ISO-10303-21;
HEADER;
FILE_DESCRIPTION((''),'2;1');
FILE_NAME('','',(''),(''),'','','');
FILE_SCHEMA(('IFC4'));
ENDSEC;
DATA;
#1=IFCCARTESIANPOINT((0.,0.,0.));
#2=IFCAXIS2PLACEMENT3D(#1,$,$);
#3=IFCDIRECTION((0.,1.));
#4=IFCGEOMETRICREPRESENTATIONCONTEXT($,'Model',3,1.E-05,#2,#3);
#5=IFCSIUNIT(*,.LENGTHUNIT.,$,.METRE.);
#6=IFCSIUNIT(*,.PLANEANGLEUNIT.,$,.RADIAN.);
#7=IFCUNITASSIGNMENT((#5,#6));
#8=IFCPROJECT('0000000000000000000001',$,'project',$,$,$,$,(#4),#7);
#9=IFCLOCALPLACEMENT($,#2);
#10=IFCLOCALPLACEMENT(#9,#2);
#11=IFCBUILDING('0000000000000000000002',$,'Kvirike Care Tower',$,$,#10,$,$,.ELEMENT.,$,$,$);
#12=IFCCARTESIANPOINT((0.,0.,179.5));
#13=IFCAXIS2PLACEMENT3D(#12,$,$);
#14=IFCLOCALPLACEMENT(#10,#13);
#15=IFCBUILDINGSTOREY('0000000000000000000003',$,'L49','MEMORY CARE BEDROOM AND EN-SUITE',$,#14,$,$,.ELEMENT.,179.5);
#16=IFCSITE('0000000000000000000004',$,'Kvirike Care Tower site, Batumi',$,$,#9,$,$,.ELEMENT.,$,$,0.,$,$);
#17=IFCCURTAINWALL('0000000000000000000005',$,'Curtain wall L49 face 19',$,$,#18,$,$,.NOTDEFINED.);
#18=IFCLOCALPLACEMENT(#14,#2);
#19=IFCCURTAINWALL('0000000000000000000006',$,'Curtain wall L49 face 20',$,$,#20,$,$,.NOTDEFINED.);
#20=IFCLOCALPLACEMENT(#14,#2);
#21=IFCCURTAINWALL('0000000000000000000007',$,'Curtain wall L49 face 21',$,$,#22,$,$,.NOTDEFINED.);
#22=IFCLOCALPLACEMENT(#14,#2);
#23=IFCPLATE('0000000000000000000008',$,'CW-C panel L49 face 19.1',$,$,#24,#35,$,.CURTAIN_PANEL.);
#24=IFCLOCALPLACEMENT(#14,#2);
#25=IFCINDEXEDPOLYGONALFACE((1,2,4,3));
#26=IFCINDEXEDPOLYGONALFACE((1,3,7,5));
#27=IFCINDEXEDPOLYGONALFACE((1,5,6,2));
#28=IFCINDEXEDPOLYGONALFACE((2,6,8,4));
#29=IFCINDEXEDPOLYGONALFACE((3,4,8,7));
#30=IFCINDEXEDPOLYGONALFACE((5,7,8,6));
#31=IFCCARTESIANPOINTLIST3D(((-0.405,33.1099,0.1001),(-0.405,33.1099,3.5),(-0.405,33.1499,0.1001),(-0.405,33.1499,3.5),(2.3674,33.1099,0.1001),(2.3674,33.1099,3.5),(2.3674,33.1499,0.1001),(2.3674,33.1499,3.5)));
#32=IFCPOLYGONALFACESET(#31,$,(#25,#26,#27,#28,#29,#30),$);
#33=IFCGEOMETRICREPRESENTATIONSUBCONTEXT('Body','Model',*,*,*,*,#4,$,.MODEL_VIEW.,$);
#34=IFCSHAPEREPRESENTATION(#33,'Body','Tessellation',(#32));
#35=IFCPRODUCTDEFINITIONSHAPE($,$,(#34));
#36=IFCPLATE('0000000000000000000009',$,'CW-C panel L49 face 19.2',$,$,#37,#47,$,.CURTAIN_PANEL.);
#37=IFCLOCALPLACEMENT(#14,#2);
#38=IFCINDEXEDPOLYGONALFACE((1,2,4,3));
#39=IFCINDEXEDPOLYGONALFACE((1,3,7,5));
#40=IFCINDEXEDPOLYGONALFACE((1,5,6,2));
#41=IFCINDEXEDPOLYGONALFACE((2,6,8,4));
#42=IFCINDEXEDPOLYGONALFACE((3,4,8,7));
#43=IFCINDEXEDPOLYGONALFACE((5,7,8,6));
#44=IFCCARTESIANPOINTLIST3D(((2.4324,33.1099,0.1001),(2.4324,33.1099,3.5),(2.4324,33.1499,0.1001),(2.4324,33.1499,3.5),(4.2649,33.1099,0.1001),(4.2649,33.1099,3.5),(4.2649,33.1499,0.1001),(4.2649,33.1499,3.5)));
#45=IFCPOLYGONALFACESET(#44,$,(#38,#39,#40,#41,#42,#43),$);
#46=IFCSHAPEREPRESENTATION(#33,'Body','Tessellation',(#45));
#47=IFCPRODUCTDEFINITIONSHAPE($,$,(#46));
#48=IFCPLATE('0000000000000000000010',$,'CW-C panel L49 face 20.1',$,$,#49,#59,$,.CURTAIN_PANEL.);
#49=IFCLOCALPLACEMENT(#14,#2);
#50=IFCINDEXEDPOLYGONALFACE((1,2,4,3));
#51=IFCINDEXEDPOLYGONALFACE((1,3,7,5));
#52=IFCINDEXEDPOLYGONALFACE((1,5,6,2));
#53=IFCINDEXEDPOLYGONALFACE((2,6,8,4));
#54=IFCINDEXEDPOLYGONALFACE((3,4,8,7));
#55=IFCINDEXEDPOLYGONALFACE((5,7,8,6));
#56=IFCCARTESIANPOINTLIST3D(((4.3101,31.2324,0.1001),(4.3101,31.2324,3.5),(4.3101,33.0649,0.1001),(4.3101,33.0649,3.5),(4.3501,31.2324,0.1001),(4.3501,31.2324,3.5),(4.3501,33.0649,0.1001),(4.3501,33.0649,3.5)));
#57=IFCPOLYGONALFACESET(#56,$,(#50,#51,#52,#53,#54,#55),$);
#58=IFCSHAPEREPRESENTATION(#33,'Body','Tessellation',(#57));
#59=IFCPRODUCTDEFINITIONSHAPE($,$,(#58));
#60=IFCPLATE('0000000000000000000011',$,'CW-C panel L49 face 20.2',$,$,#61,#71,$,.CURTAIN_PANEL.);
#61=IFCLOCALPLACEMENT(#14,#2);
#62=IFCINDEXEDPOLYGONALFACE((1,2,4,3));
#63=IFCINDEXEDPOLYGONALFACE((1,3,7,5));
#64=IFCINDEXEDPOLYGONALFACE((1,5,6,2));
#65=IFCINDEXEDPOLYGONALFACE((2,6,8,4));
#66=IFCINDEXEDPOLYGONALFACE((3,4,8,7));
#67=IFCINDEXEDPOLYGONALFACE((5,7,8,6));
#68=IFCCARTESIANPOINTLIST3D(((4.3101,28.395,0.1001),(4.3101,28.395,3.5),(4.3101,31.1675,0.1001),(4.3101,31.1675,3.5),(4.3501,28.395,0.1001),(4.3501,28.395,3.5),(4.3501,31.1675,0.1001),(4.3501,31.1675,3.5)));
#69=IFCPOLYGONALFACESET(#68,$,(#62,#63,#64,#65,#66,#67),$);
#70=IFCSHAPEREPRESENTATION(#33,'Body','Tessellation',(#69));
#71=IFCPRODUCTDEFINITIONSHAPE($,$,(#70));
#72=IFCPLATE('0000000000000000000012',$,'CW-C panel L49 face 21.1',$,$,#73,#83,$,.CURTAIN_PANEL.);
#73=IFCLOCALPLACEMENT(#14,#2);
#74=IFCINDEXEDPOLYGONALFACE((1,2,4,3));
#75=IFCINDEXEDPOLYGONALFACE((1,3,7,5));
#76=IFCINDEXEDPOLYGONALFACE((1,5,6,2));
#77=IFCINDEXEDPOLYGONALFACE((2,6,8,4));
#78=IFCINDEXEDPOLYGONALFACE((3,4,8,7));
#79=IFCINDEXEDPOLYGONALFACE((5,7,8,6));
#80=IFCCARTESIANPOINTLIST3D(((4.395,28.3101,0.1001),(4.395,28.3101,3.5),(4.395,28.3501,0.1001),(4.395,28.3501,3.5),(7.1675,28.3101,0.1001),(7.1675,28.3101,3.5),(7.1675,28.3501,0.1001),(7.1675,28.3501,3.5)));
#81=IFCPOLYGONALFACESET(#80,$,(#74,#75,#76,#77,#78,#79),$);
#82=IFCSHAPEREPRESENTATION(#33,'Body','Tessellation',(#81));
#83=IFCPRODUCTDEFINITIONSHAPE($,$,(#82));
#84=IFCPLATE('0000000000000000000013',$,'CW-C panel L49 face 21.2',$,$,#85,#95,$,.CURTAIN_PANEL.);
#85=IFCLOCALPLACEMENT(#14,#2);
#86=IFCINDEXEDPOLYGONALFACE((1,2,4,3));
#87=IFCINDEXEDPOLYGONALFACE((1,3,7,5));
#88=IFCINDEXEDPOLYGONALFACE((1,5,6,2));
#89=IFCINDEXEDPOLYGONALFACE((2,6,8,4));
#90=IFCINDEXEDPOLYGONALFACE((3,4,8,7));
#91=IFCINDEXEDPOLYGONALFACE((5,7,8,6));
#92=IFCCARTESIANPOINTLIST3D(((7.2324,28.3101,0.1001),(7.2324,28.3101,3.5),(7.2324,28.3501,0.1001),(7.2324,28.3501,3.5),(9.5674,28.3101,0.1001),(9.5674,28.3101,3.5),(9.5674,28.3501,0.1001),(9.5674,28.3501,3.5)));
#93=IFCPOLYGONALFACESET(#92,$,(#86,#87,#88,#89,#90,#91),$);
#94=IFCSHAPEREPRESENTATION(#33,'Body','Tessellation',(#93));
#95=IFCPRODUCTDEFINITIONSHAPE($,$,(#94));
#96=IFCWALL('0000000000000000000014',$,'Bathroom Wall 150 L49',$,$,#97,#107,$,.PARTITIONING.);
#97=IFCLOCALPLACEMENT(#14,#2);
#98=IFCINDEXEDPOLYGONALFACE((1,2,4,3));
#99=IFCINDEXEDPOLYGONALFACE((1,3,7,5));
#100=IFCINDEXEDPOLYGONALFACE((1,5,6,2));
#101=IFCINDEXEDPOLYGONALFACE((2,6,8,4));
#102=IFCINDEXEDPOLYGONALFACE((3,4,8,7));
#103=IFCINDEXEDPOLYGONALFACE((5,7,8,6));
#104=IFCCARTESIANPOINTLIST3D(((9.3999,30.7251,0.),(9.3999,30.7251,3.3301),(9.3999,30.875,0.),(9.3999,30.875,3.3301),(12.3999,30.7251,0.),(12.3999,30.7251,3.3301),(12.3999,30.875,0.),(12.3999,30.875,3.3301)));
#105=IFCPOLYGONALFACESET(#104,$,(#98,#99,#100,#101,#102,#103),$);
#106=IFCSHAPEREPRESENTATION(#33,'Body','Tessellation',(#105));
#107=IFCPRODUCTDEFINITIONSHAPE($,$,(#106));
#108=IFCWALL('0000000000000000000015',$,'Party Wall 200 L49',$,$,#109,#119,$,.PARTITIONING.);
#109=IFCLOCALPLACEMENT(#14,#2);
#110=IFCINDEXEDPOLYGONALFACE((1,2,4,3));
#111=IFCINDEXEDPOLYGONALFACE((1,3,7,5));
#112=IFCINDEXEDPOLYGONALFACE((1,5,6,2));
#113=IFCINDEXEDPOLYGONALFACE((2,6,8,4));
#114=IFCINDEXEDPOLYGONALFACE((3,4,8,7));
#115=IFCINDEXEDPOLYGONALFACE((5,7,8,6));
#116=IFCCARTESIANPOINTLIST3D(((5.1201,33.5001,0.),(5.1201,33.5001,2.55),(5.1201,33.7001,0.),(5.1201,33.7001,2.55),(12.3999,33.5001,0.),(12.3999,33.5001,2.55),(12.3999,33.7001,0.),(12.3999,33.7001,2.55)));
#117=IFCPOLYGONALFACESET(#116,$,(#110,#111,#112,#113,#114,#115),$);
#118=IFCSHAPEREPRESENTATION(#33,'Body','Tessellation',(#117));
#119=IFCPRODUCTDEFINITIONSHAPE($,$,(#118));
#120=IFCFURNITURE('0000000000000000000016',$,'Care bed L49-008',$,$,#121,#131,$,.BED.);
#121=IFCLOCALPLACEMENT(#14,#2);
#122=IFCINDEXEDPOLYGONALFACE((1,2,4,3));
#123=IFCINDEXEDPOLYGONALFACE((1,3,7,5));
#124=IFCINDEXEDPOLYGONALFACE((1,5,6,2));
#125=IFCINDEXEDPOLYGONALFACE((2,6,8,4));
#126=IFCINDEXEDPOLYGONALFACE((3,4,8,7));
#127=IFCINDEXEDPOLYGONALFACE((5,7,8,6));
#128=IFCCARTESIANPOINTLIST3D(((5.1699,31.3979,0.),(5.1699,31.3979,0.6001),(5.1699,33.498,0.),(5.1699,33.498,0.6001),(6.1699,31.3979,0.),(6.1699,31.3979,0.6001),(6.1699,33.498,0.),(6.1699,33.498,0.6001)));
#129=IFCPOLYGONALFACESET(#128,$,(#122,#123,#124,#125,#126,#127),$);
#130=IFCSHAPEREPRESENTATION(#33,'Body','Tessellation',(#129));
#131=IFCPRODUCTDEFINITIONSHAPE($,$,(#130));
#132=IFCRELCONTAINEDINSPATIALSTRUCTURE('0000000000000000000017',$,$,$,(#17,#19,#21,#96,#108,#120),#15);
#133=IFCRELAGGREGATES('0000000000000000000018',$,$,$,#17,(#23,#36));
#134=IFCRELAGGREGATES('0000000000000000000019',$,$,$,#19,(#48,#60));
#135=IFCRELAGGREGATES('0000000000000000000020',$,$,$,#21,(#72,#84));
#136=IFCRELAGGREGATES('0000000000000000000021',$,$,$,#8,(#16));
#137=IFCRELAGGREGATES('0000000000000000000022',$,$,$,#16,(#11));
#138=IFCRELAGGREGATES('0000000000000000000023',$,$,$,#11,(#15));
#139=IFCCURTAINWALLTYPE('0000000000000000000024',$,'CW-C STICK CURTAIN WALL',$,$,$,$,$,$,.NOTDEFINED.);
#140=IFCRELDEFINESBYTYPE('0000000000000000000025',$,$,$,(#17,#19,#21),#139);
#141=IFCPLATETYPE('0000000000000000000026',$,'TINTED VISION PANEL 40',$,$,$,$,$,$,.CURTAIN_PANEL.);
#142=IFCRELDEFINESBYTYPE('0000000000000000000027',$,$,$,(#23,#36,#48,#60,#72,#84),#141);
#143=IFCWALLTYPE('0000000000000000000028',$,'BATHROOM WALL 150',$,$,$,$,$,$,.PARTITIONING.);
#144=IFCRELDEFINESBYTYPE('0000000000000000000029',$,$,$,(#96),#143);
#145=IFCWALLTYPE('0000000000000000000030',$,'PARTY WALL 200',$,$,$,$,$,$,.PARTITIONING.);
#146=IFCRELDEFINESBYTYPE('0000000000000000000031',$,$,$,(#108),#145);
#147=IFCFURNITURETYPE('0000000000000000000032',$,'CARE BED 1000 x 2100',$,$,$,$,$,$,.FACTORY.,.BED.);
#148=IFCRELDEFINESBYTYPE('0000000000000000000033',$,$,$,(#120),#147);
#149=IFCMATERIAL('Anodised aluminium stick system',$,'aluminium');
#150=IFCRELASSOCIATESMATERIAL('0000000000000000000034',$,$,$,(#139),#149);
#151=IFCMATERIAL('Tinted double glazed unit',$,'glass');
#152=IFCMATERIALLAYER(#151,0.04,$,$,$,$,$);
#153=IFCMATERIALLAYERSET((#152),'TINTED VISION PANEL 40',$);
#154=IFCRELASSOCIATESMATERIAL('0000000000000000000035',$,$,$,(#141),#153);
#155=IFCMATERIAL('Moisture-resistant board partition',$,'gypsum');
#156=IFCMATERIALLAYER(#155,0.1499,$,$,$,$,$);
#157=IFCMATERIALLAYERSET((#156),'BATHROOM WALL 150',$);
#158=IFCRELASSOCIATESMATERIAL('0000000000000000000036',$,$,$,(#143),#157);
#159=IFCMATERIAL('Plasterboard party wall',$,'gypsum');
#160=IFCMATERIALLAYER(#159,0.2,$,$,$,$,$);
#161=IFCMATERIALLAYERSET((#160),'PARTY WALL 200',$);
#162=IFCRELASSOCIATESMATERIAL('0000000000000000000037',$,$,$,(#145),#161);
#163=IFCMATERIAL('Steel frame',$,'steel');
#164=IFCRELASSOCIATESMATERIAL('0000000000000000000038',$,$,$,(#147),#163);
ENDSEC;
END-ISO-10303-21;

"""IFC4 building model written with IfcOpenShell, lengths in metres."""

from ifc_helpers import new_model, si_unit, direction, frame, frame_2d, origin, origin_2d, place, context, subcontext, project, spatial, rectangle, extrude, material, layer, layer_set, type_object, element, aggregate, save


model = new_model("IFC4")

# Units and contexts
model_context = context("Model", 3, precision=1e-05, world=origin(), true_north=direction((0.0, 1.0)))
body_context = subcontext(model_context, "Body", "Model", "MODEL_VIEW")
ifc_project = project(units=[si_unit("LENGTHUNIT", "METRE"), si_unit("PLANEANGLEUNIT", "RADIAN")], contexts=[model_context])

# Site, building, storey
site_placement = place(None, origin())
site = spatial("IfcSite", under=ifc_project, at=site_placement, Name="Kvirike Care Tower site, Batumi", CompositionType="ELEMENT", RefElevation=0.0)
building_placement = place(site_placement, origin())
building = spatial("IfcBuilding", under=site, at=building_placement, Name="Kvirike Care Tower", CompositionType="ELEMENT")
storey_placement = place(building_placement, frame((0.0, 0.0, 179.5)))
storey = spatial("IfcBuildingStorey", under=building, at=storey_placement, Name="L49", Description="MEMORY CARE BEDROOM AND EN-SUITE", CompositionType="ELEMENT", Elevation=179.5)

# Shared definitions
ifc_material_1 = material(Name="Anodised aluminium stick system", Category="aluminium")
curtain_wall_type = type_object("IfcCurtainWallType", Name="CW-C STICK CURTAIN WALL", PredefinedType="NOTDEFINED", material=ifc_material_1)

# Curtain walls
curtain_wall_1_placement = place(storey_placement, origin())
curtain_wall_1 = element("IfcCurtainWall", 1, at=curtain_wall_1_placement, inside=storey, type_object=curtain_wall_type, Name="Curtain wall L49 face 19", PredefinedType="NOTDEFINED")
curtain_wall_2_placement = place(storey_placement, origin())
curtain_wall_2 = element("IfcCurtainWall", 2, at=curtain_wall_2_placement, inside=storey, type_object=curtain_wall_type, Name="Curtain wall L49 face 20", PredefinedType="NOTDEFINED")
curtain_wall_3_placement = place(storey_placement, origin())
curtain_wall_3 = element("IfcCurtainWall", 3, at=curtain_wall_3_placement, inside=storey, type_object=curtain_wall_type, Name="Curtain wall L49 face 21", PredefinedType="NOTDEFINED")

# Plates
ifc_material_2 = material(Name="Tinted double glazed unit", Category="glass")
ifc_layer_1 = layer(ifc_material_2, 0.04)
ifc_layer_set_1 = layer_set([ifc_layer_1], Name="TINTED VISION PANEL 40")
plate_type = type_object("IfcPlateType", Name="TINTED VISION PANEL 40", PredefinedType="CURTAIN_PANEL", material=ifc_layer_set_1)
plate_1_placement = place(storey_placement, frame((0.9812, 33.1299, 0.1001), z_axis=(0.0, 0.0, 1.0), x_axis=(1.0, 0.0, 0.0)))
plate_1 = element("IfcPlate", 4, at=plate_1_placement, type_object=plate_type, Name="CW-C panel L49 face 19.1", PredefinedType="CURTAIN_PANEL", context=body_context, shape_type="SweptSolid", body=[
    extrude(rectangle(XDim=2.7725, YDim=0.04, at=origin_2d()), origin(), (0.0, 0.0, 1.0), 3.3999),
])
plate_2_placement = place(storey_placement, frame((3.3486, 33.1299, 0.1001), z_axis=(0.0, 0.0, 1.0), x_axis=(1.0, 0.0, 0.0)))
plate_2 = element("IfcPlate", 5, at=plate_2_placement, type_object=plate_type, Name="CW-C panel L49 face 19.2", PredefinedType="CURTAIN_PANEL", context=body_context, shape_type="SweptSolid", body=[
    extrude(rectangle(XDim=1.8325, YDim=0.04, at=origin_2d()), origin(), (0.0, 0.0, 1.0), 3.3999),
])
aggregate(curtain_wall_1, [plate_1, plate_2])
plate_3_placement = place(storey_placement, frame((4.3301, 32.1487, 0.1001), z_axis=(0.0, 0.0, 1.0), x_axis=(0.0, -1.0, 0.0)))
plate_3 = element("IfcPlate", 6, at=plate_3_placement, type_object=plate_type, Name="CW-C panel L49 face 20.1", PredefinedType="CURTAIN_PANEL", context=body_context, shape_type="SweptSolid", body=[
    extrude(rectangle(XDim=1.8325, YDim=0.04, at=origin_2d()), origin(), (0.0, 0.0, 1.0), 3.3999),
])
plate_4_placement = place(storey_placement, frame((4.3301, 29.7812, 0.1001), z_axis=(0.0, 0.0, 1.0), x_axis=(0.0, -1.0, 0.0)))
plate_4 = element("IfcPlate", 7, at=plate_4_placement, type_object=plate_type, Name="CW-C panel L49 face 20.2", PredefinedType="CURTAIN_PANEL", context=body_context, shape_type="SweptSolid", body=[
    extrude(rectangle(XDim=2.7725, YDim=0.04, at=origin_2d()), origin(), (0.0, 0.0, 1.0), 3.3999),
])
aggregate(curtain_wall_2, [plate_3, plate_4])
plate_5_placement = place(storey_placement, frame((5.7812, 28.3301, 0.1001), z_axis=(0.0, 0.0, 1.0), x_axis=(1.0, 0.0, 0.0)))
plate_5 = element("IfcPlate", 8, at=plate_5_placement, type_object=plate_type, Name="CW-C panel L49 face 21.1", PredefinedType="CURTAIN_PANEL", context=body_context, shape_type="SweptSolid", body=[
    extrude(rectangle(XDim=2.7725, YDim=0.04, at=origin_2d()), origin(), (0.0, 0.0, 1.0), 3.3999),
])
plate_6_placement = place(storey_placement, frame((8.3999, 28.3301, 0.1001), z_axis=(0.0, 0.0, 1.0), x_axis=(1.0, 0.0, 0.0)))
plate_6 = element("IfcPlate", 9, at=plate_6_placement, type_object=plate_type, Name="CW-C panel L49 face 21.2", PredefinedType="CURTAIN_PANEL", context=body_context, shape_type="SweptSolid", body=[
    extrude(rectangle(XDim=2.335, YDim=0.04, at=origin_2d()), origin(), (0.0, 0.0, 1.0), 3.3999),
])
aggregate(curtain_wall_3, [plate_5, plate_6])

# Walls
ifc_material_3 = material(Name="Moisture-resistant board partition", Category="gypsum")
ifc_layer_2 = layer(ifc_material_3, 0.1499)
ifc_layer_set_2 = layer_set([ifc_layer_2], Name="BATHROOM WALL 150")
wall_type_1 = type_object("IfcWallType", Name="BATHROOM WALL 150", PredefinedType="PARTITIONING", material=ifc_layer_set_2)
wall_1_placement = place(storey_placement, frame((9.3999, 30.8, 0.0), z_axis=(0.0, 0.0, 1.0), x_axis=(1.0, 0.0, 0.0)))
element("IfcWall", 10, at=wall_1_placement, inside=storey, type_object=wall_type_1, Name="Bathroom Wall 150 L49", PredefinedType="PARTITIONING", context=body_context, shape_type="SweptSolid", body=[
    extrude(rectangle(XDim=3.0, YDim=0.1499, at=frame_2d((1.5, 0.0))), origin(), (0.0, 0.0, 1.0), 3.3301),
])
ifc_material_4 = material(Name="Plasterboard party wall", Category="gypsum")
ifc_layer_3 = layer(ifc_material_4, 0.2)
ifc_layer_set_3 = layer_set([ifc_layer_3], Name="PARTY WALL 200")
wall_type_2 = type_object("IfcWallType", Name="PARTY WALL 200", PredefinedType="PARTITIONING", material=ifc_layer_set_3)
wall_2_placement = place(storey_placement, frame((5.1201, 33.6001, 0.0), z_axis=(0.0, 0.0, 1.0), x_axis=(1.0, 0.0, 0.0)))
element("IfcWall", 11, at=wall_2_placement, inside=storey, type_object=wall_type_2, Name="Party Wall 200 L49", PredefinedType="PARTITIONING", context=body_context, shape_type="SweptSolid", body=[
    extrude(rectangle(XDim=7.2798, YDim=0.2, at=frame_2d((3.6399, 0.0))), origin(), (0.0, 0.0, 1.0), 2.55),
])

# Furniture
ifc_material_5 = material(Name="Steel frame", Category="steel")
furniture_type = type_object("IfcFurnitureType", Name="CARE BED 1000 x 2100", AssemblyPlace="FACTORY", PredefinedType="BED", material=ifc_material_5)
furniture_placement = place(storey_placement, frame((5.6699, 32.448, 0.0), z_axis=(0.0, 0.0, 1.0), x_axis=(1.0, 0.0, 0.0)))
element("IfcFurniture", 12, at=furniture_placement, inside=storey, type_object=furniture_type, Name="Care bed L49-008", PredefinedType="BED", context=body_context, shape_type="SweptSolid", body=[
    extrude(rectangle(XDim=1.0, YDim=2.1001, at=origin_2d()), origin(), (0.0, 0.0, 1.0), 0.6001),
])

save(model, "model.ifc")
